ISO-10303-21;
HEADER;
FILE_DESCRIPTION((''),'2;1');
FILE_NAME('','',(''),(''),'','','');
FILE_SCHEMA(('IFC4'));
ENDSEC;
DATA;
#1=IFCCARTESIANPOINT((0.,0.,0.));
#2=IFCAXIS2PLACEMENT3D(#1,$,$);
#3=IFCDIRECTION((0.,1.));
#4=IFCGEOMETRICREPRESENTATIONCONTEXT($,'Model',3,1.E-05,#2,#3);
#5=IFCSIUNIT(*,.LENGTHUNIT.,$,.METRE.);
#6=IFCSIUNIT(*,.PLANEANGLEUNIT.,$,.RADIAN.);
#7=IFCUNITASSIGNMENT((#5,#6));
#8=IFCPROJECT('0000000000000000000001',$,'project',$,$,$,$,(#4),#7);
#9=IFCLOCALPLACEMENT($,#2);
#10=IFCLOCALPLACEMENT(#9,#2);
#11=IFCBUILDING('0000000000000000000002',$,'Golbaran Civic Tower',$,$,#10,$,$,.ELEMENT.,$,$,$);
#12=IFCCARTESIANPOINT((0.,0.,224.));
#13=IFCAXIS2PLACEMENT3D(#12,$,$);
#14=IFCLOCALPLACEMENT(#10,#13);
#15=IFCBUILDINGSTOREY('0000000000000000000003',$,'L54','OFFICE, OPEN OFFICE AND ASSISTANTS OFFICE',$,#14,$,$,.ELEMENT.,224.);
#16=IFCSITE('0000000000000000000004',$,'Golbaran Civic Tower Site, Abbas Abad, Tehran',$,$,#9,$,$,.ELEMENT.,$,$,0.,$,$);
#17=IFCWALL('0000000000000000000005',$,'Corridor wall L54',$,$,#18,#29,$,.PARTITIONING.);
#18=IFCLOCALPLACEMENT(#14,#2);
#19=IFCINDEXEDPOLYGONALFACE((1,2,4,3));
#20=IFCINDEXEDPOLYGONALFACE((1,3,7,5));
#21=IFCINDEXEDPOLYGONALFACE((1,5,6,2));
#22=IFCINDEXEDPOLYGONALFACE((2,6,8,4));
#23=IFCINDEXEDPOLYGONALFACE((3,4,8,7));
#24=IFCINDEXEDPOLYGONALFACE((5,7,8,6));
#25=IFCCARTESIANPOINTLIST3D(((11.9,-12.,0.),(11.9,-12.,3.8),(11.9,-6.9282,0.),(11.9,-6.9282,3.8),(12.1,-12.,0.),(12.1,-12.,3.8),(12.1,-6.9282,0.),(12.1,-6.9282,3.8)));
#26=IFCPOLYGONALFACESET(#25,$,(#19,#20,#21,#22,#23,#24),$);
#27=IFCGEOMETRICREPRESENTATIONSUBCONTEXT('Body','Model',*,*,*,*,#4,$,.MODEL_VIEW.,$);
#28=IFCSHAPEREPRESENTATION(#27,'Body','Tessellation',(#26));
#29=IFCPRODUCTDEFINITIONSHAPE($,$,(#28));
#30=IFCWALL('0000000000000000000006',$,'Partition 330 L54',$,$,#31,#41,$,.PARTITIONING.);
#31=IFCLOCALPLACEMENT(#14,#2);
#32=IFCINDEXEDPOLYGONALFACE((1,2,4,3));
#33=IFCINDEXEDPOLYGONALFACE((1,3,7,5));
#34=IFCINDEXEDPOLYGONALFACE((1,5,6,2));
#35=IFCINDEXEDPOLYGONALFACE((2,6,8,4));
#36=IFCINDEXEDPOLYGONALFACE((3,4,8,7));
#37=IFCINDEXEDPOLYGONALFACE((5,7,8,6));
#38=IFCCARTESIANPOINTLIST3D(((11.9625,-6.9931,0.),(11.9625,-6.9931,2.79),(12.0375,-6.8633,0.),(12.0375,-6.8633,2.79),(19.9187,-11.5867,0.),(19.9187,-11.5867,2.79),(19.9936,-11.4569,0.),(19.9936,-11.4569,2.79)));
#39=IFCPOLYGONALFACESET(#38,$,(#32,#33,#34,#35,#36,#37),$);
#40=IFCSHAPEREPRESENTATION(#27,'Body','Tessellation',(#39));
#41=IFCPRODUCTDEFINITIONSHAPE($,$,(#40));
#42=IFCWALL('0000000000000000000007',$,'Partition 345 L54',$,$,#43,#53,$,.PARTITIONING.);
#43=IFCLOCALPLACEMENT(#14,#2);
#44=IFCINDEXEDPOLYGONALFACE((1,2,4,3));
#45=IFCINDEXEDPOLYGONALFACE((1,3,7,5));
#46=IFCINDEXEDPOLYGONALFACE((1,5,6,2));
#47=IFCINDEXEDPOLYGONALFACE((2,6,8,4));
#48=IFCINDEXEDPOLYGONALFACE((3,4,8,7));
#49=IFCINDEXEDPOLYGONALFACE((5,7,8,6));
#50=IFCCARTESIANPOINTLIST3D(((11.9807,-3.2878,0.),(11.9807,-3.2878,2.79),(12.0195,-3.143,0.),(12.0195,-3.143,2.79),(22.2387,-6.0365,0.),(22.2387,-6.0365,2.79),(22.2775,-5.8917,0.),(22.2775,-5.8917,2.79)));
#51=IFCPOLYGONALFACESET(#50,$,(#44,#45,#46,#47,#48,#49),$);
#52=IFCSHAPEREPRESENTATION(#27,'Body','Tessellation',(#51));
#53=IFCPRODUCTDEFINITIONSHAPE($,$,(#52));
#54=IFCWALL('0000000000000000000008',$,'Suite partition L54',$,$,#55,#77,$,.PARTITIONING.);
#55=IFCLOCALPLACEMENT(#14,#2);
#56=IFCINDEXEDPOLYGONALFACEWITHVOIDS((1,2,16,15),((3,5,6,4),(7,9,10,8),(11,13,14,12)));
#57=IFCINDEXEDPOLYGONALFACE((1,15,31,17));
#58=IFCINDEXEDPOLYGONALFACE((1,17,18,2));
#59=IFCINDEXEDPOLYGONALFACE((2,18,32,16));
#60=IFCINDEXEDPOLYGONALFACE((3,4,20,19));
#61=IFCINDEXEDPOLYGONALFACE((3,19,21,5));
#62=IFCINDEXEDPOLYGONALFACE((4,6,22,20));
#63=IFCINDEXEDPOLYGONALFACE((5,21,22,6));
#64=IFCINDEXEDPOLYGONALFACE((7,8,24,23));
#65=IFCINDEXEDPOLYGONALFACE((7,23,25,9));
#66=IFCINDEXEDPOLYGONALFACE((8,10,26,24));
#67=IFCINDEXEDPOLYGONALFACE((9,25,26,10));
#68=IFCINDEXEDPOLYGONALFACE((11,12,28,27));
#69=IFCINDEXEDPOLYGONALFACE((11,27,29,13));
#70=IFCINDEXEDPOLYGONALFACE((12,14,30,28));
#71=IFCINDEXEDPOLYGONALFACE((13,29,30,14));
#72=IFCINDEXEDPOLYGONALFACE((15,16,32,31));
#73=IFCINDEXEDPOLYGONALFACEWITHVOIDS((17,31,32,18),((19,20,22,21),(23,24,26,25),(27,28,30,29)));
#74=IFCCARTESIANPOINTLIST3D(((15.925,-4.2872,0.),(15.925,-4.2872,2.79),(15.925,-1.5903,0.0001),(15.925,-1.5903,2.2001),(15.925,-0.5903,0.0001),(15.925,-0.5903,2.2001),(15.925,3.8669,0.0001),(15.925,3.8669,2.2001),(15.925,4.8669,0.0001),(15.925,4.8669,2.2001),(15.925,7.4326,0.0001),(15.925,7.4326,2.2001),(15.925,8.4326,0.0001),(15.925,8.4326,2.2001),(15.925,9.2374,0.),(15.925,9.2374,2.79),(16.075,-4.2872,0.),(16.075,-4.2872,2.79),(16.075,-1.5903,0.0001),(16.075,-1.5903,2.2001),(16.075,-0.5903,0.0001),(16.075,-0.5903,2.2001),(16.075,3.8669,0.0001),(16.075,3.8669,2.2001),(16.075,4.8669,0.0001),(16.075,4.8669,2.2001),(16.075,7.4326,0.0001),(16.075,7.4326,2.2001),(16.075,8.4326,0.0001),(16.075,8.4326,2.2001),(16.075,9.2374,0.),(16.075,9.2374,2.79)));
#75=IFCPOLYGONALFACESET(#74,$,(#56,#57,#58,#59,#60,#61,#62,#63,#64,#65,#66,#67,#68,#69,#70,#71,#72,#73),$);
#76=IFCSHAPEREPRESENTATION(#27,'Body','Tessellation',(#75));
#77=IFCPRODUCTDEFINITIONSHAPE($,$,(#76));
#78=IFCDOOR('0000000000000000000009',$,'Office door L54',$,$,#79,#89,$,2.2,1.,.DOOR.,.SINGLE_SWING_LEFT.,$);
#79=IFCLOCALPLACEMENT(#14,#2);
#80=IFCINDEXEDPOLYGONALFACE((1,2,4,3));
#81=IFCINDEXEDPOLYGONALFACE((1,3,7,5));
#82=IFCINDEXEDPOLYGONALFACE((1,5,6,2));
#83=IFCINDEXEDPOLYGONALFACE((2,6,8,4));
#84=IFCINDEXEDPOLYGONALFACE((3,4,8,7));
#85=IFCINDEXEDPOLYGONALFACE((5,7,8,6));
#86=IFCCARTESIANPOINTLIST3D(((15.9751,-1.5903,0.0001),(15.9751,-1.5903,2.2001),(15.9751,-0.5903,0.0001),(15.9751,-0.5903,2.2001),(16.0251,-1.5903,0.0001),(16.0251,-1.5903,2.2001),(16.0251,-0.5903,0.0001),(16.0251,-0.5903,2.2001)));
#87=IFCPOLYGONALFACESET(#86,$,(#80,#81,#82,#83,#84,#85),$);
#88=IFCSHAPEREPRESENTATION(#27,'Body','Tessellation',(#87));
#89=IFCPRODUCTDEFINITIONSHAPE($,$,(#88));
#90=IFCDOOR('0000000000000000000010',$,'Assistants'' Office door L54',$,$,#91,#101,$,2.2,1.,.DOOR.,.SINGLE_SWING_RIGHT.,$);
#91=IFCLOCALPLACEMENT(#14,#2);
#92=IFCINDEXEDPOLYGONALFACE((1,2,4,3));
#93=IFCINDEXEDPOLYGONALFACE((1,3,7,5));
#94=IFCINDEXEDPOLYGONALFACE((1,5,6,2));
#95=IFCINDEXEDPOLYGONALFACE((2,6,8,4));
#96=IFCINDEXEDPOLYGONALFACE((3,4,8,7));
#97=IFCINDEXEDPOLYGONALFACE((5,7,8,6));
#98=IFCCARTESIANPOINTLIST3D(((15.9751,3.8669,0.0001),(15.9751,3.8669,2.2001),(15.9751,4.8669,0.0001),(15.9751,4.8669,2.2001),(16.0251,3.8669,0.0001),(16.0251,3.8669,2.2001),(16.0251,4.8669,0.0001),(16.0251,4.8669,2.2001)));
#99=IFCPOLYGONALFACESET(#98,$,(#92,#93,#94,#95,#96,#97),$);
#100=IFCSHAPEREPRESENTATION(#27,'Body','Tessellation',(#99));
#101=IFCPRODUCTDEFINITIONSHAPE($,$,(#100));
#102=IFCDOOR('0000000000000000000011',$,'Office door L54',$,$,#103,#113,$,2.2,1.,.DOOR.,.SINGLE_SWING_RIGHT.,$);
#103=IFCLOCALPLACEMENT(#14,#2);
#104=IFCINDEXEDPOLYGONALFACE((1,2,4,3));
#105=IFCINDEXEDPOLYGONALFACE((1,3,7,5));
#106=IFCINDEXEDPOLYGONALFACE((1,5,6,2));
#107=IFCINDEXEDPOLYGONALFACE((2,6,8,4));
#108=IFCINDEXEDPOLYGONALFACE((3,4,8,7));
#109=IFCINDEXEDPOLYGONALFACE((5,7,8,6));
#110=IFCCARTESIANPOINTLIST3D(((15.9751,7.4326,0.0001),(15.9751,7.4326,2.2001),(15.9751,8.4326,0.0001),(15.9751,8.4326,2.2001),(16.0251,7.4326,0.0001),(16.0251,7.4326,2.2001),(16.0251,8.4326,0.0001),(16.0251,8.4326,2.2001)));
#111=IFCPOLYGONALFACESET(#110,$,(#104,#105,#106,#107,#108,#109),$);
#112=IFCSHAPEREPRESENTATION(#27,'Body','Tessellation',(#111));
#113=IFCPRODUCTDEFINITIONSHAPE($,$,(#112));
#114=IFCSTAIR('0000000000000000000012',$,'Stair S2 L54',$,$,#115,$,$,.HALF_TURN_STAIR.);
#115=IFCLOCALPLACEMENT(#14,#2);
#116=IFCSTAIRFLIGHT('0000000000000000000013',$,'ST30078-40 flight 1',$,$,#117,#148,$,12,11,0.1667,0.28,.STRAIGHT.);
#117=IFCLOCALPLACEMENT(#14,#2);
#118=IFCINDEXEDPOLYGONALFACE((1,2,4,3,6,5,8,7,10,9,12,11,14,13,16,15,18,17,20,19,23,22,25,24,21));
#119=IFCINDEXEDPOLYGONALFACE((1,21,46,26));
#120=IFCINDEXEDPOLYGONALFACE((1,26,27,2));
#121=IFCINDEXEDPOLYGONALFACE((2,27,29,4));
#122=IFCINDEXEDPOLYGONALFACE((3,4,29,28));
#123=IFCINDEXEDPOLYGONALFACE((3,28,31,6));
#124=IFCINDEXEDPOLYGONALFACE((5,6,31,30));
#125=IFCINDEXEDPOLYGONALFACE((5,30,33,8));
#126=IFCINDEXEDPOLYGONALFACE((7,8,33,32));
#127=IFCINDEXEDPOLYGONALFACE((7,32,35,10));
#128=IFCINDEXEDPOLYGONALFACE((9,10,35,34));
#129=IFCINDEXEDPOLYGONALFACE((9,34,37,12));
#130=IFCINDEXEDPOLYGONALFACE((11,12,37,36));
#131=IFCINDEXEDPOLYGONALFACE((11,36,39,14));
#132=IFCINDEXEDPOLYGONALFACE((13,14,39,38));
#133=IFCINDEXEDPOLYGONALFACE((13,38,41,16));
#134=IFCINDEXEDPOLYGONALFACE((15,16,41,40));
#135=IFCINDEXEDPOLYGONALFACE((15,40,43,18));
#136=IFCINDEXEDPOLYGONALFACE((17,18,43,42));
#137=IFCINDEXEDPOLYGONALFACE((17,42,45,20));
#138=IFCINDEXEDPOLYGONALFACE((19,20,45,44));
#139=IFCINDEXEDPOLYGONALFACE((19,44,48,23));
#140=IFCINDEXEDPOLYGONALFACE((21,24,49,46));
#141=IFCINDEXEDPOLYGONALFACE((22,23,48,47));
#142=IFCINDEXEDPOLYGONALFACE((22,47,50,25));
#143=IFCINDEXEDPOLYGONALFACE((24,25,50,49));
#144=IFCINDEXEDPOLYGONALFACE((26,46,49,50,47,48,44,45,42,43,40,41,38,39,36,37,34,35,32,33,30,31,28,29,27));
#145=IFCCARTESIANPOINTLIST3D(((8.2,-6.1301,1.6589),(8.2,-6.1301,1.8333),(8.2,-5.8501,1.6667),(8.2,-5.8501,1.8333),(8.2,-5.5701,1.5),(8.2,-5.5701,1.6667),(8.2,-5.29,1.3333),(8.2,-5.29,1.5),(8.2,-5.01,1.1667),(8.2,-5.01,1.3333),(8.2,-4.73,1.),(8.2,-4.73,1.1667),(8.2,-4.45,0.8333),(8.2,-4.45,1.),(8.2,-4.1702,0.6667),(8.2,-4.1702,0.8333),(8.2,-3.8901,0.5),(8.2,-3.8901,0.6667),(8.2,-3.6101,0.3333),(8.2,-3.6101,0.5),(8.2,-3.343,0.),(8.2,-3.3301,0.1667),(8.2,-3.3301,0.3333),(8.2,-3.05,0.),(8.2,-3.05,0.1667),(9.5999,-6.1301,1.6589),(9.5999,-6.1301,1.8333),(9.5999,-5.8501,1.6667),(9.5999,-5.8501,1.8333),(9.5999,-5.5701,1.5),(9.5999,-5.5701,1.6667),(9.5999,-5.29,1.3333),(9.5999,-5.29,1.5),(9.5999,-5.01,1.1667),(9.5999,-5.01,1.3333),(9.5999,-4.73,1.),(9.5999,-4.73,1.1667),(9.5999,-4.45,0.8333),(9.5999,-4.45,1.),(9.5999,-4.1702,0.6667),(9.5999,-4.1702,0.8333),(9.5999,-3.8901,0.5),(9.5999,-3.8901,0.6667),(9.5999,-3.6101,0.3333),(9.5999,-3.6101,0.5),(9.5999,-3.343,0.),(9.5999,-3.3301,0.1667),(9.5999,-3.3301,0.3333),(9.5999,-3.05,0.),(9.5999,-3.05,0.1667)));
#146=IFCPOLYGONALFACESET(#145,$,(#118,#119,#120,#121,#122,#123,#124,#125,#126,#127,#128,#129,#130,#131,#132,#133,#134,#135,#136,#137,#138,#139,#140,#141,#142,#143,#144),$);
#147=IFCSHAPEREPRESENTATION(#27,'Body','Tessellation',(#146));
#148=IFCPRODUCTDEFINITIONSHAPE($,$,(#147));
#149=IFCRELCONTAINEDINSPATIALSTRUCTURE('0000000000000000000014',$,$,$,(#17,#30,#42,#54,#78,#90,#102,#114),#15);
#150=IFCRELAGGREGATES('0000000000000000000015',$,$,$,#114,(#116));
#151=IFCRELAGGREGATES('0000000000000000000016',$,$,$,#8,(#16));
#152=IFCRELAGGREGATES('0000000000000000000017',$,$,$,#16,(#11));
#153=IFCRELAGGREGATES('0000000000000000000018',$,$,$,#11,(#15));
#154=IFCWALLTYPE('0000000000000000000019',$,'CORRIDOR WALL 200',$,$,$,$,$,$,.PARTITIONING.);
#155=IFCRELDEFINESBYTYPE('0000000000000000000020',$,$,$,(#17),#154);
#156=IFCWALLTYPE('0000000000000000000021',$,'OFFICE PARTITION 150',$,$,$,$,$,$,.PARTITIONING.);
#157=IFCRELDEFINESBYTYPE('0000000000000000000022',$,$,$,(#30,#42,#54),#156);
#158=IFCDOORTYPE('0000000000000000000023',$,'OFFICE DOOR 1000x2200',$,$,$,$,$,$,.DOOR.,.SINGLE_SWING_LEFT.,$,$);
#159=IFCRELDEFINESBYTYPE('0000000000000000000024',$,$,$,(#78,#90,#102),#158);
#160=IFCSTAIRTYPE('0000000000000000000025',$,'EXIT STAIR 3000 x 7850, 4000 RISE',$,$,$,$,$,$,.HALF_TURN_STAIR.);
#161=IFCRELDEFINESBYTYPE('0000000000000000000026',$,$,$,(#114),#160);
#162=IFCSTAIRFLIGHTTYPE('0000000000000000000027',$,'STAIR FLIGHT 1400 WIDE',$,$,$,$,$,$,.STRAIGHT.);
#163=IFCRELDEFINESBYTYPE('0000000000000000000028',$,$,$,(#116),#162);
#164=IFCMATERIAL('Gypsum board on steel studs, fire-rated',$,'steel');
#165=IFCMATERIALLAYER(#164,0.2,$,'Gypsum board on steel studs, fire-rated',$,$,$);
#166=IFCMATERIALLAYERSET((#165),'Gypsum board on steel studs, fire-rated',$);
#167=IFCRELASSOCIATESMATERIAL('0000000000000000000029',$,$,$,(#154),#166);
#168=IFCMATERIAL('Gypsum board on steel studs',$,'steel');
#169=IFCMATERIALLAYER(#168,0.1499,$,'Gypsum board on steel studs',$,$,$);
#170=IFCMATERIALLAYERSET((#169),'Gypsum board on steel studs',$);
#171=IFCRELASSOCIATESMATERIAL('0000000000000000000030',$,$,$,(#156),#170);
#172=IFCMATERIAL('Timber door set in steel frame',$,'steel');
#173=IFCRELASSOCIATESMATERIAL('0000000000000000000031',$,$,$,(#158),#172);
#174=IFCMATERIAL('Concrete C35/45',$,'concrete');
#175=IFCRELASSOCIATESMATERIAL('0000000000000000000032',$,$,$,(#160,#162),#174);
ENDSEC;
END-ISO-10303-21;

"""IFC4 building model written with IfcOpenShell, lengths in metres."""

from ifc_helpers import new_model, si_unit, direction, frame, frame_2d, origin, place, context, subcontext, project, spatial, polyline, rectangle, outline, extrude, material, layer, layer_set, type_object, element, fill, aggregate, save


model = new_model("IFC4")

# Units and contexts
model_context = context("Model", 3, precision=1e-05, world=origin(), true_north=direction((0.0, 1.0)))
body_context = subcontext(model_context, "Body", "Model", "MODEL_VIEW")
ifc_project = project(units=[si_unit("LENGTHUNIT", "METRE"), si_unit("PLANEANGLEUNIT", "RADIAN")], contexts=[model_context])

# Site, building, storey
site_placement = place(None, origin())
site = spatial("IfcSite", under=ifc_project, at=site_placement, Name="Golbaran Civic Tower Site, Abbas Abad, Tehran", CompositionType="ELEMENT", RefElevation=0.0)
building_placement = place(site_placement, origin())
building = spatial("IfcBuilding", under=site, at=building_placement, Name="Golbaran Civic Tower", CompositionType="ELEMENT")
storey_placement = place(building_placement, frame((0.0, 0.0, 224.0)))
storey = spatial("IfcBuildingStorey", under=building, at=storey_placement, Name="L54", Description="OFFICE, OPEN OFFICE AND ASSISTANTS OFFICE", CompositionType="ELEMENT", Elevation=224.0)

# Shared definitions
ifc_material_1 = material(Name="Timber door set in steel frame", Category="steel")

# Shared definitions
ifc_material_2 = material(Name="Gypsum board on steel studs, fire-rated", Category="steel")
ifc_layer_1 = layer(ifc_material_2, 0.2, Name="Gypsum board on steel studs, fire-rated")
ifc_layer_set_1 = layer_set([ifc_layer_1], Name="Gypsum board on steel studs, fire-rated")
wall_type_1 = type_object("IfcWallType", Name="CORRIDOR WALL 200", PredefinedType="PARTITIONING", material=ifc_layer_set_1)

# Walls
wall_1_placement = place(storey_placement, frame((12.0, -12.0, 0.0), z_axis=(0.0, 0.0, 1.0), x_axis=(0.0, 1.0, 0.0)))
element("IfcWall", 1, at=wall_1_placement, inside=storey, type_object=wall_type_1, Name="Corridor wall L54", PredefinedType="PARTITIONING", context=body_context, shape_type="SweptSolid", body=[
    extrude(rectangle(XDim=5.0718, YDim=0.2, at=frame_2d((2.5359, 0.0))), origin(), (0.0, 0.0, 1.0), 3.8),
])
ifc_material_3 = material(Name="Gypsum board on steel studs", Category="steel")
ifc_layer_2 = layer(ifc_material_3, 0.1499, Name="Gypsum board on steel studs")
ifc_layer_set_2 = layer_set([ifc_layer_2], Name="Gypsum board on steel studs")
wall_type_2 = type_object("IfcWallType", Name="OFFICE PARTITION 150", PredefinedType="PARTITIONING", material=ifc_layer_set_2)
wall_2_placement = place(storey_placement, frame((12.0, -6.9282, 0.0), z_axis=(0.0, 0.0, 1.0), x_axis=(0.866022, -0.500006, 0.0)))
element("IfcWall", 2, at=wall_2_placement, inside=storey, type_object=wall_type_2, Name="Partition 330 L54", PredefinedType="PARTITIONING", context=body_context, shape_type="SweptSolid", body=[
    extrude(rectangle(XDim=9.187, YDim=0.1499, at=frame_2d((4.5935, 0.0))), origin(), (0.0, 0.0, 1.0), 2.79),
])
wall_3_placement = place(storey_placement, frame((12.0, -3.2153, 0.0), z_axis=(0.0, 0.0, 1.0), x_axis=(0.965922, -0.258831, 0.0)))
element("IfcWall", 3, at=wall_3_placement, inside=storey, type_object=wall_type_2, Name="Partition 345 L54", PredefinedType="PARTITIONING", context=body_context, shape_type="SweptSolid", body=[
    extrude(rectangle(XDim=10.6199, YDim=0.1499, at=frame_2d((5.3101, 0.0))), origin(), (0.0, 0.0, 1.0), 2.79),
])

# Wall, openings, doors
wall_4_placement = place(storey_placement, frame((16.0, -4.2871, 0.0), z_axis=(0.0, 0.0, 1.0), x_axis=(0.0, 1.0, 0.0)))
wall_4 = element("IfcWall", 4, at=wall_4_placement, inside=storey, type_object=wall_type_2, Name="Suite partition L54", PredefinedType="PARTITIONING", context=body_context, shape_type="SweptSolid", body=[
    extrude(rectangle(XDim=13.5247, YDim=0.1499, at=frame_2d((6.7622, 0.0))), origin(), (0.0, 0.0, 1.0), 2.79),
])
opening_1_placement = place(wall_4_placement, frame((2.6968, 0.0, 0.0)))
opening_1 = element("IfcOpeningElement", 5, at=opening_1_placement, cuts=wall_4, PredefinedType="OPENING", context=body_context, shape_type="SweptSolid", body=[
    extrude(rectangle(XDim=1.0, YDim=2.2, at=frame_2d((0.5, 1.1001))), frame((0.0, 0.085, 0.0), z_axis=(0.0, -1.0, 0.0), x_axis=(1.0, 0.0, 0.0)), (0.0, 0.0, 1.0), 0.1699),
])
opening_2_placement = place(wall_4_placement, frame((8.1541, 0.0, 0.0)))
opening_2 = element("IfcOpeningElement", 6, at=opening_2_placement, cuts=wall_4, PredefinedType="OPENING", context=body_context, shape_type="SweptSolid", body=[
    extrude(rectangle(XDim=1.0, YDim=2.2, at=frame_2d((0.5, 1.1001))), frame((0.0, 0.085, 0.0), z_axis=(0.0, -1.0, 0.0), x_axis=(1.0, 0.0, 0.0)), (0.0, 0.0, 1.0), 0.1699),
])
opening_3_placement = place(wall_4_placement, frame((11.7197, 0.0, 0.0)))
opening_3 = element("IfcOpeningElement", 7, at=opening_3_placement, cuts=wall_4, PredefinedType="OPENING", context=body_context, shape_type="SweptSolid", body=[
    extrude(rectangle(XDim=1.0, YDim=2.2, at=frame_2d((0.5, 1.1001))), frame((0.0, 0.085, 0.0), z_axis=(0.0, -1.0, 0.0), x_axis=(1.0, 0.0, 0.0)), (0.0, 0.0, 1.0), 0.1699),
])
door_type_1 = type_object("IfcDoorType", Name="OFFICE DOOR 1000x2200", OperationType="SINGLE_SWING_LEFT", PredefinedType="DOOR", material=ifc_material_1)
door_1_placement = place(opening_1_placement, origin())
door_1 = element("IfcDoor", 8, at=door_1_placement, inside=storey, type_object=door_type_1, Name="Office door L54", OperationType="SINGLE_SWING_LEFT", OverallHeight=2.2, OverallWidth=1.0, PredefinedType="DOOR", context=body_context, shape_type="SweptSolid", body=[
    extrude(rectangle(XDim=1.0, YDim=2.2, at=frame_2d((0.5, 1.1001))), frame((0.0, 0.0249, 0.0), z_axis=(0.0, -1.0, 0.0), x_axis=(1.0, 0.0, 0.0)), (0.0, 0.0, 1.0), 0.05),
])
fill(opening_1, door_1)
door_2_placement = place(opening_2_placement, origin())
door_2 = element("IfcDoor", 9, at=door_2_placement, inside=storey, type_object=door_type_1, Name="Assistants' Office door L54", OperationType="SINGLE_SWING_RIGHT", OverallHeight=2.2, OverallWidth=1.0, PredefinedType="DOOR", context=body_context, shape_type="SweptSolid", body=[
    extrude(rectangle(XDim=1.0, YDim=2.2, at=frame_2d((0.5, 1.1001))), frame((0.0, 0.0249, 0.0), z_axis=(0.0, -1.0, 0.0), x_axis=(1.0, 0.0, 0.0)), (0.0, 0.0, 1.0), 0.05),
])
fill(opening_2, door_2)
door_3_placement = place(opening_3_placement, origin())
door_3 = element("IfcDoor", 10, at=door_3_placement, inside=storey, type_object=door_type_1, Name="Office door L54", OperationType="SINGLE_SWING_RIGHT", OverallHeight=2.2, OverallWidth=1.0, PredefinedType="DOOR", context=body_context, shape_type="SweptSolid", body=[
    extrude(rectangle(XDim=1.0, YDim=2.2, at=frame_2d((0.5, 1.1001))), frame((0.0, 0.0249, 0.0), z_axis=(0.0, -1.0, 0.0), x_axis=(1.0, 0.0, 0.0)), (0.0, 0.0, 1.0), 0.05),
])
fill(opening_3, door_3)

# Stair, stair flight
ifc_material_4 = material(Name="Concrete C35/45", Category="concrete")
stair_type = type_object("IfcStairType", Name="EXIT STAIR 3000 x 7850, 4000 RISE", PredefinedType="HALF_TURN_STAIR", material=ifc_material_4)
stair_placement = place(storey_placement, origin())
stair = element("IfcStair", 11, at=stair_placement, inside=storey, type_object=stair_type, Name="Stair S2 L54", PredefinedType="HALF_TURN_STAIR")
stair_flight_type = type_object("IfcStairFlightType", Name="STAIR FLIGHT 1400 WIDE", PredefinedType="STRAIGHT", material=ifc_material_4)
stair_flight_placement = place(storey_placement, frame((8.8999, -3.05, 0.0), z_axis=(0.0, 0.0, 1.0), x_axis=(0.0, -1.0, 0.0)))
stair_flight = element("IfcStairFlight", 12, at=stair_flight_placement, type_object=stair_flight_type, Name="ST30078-40 flight 1", NumberOfRisers=12, NumberOfTreads=11, PredefinedType="STRAIGHT", RiserHeight=0.1667, TreadLength=0.28, context=body_context, shape_type="SweptSolid", body=[
    extrude(outline(polyline([(0.0, 0.0), (0.0, 0.1667), (0.28, 0.1667), (0.28, 0.3333), (0.5601, 0.3333), (0.5601, 0.5), (0.8401, 0.5), (0.8401, 0.6667), (1.1201, 0.6667), (1.1201, 0.8333), (1.3999, 0.8333), (1.3999, 1.0), (1.6799, 1.0), (1.6799, 1.1667), (1.96, 1.1667), (1.96, 1.3333), (2.24, 1.3333), (2.24, 1.5), (2.52, 1.5), (2.52, 1.6667), (2.8, 1.6667), (2.8, 1.8333), (3.0801, 1.8333), (3.0801, 2.0), (3.0801, 1.6589), (0.293, 0.0), (0.0, 0.0)])), frame((0.0, 0.7, 0.0), z_axis=(0.0, -1.0, 0.0), x_axis=(1.0, 0.0, 0.0)), (0.0, 0.0, 1.0), 1.3999),
])
aggregate(stair, [stair_flight])

save(model, "model.ifc")
